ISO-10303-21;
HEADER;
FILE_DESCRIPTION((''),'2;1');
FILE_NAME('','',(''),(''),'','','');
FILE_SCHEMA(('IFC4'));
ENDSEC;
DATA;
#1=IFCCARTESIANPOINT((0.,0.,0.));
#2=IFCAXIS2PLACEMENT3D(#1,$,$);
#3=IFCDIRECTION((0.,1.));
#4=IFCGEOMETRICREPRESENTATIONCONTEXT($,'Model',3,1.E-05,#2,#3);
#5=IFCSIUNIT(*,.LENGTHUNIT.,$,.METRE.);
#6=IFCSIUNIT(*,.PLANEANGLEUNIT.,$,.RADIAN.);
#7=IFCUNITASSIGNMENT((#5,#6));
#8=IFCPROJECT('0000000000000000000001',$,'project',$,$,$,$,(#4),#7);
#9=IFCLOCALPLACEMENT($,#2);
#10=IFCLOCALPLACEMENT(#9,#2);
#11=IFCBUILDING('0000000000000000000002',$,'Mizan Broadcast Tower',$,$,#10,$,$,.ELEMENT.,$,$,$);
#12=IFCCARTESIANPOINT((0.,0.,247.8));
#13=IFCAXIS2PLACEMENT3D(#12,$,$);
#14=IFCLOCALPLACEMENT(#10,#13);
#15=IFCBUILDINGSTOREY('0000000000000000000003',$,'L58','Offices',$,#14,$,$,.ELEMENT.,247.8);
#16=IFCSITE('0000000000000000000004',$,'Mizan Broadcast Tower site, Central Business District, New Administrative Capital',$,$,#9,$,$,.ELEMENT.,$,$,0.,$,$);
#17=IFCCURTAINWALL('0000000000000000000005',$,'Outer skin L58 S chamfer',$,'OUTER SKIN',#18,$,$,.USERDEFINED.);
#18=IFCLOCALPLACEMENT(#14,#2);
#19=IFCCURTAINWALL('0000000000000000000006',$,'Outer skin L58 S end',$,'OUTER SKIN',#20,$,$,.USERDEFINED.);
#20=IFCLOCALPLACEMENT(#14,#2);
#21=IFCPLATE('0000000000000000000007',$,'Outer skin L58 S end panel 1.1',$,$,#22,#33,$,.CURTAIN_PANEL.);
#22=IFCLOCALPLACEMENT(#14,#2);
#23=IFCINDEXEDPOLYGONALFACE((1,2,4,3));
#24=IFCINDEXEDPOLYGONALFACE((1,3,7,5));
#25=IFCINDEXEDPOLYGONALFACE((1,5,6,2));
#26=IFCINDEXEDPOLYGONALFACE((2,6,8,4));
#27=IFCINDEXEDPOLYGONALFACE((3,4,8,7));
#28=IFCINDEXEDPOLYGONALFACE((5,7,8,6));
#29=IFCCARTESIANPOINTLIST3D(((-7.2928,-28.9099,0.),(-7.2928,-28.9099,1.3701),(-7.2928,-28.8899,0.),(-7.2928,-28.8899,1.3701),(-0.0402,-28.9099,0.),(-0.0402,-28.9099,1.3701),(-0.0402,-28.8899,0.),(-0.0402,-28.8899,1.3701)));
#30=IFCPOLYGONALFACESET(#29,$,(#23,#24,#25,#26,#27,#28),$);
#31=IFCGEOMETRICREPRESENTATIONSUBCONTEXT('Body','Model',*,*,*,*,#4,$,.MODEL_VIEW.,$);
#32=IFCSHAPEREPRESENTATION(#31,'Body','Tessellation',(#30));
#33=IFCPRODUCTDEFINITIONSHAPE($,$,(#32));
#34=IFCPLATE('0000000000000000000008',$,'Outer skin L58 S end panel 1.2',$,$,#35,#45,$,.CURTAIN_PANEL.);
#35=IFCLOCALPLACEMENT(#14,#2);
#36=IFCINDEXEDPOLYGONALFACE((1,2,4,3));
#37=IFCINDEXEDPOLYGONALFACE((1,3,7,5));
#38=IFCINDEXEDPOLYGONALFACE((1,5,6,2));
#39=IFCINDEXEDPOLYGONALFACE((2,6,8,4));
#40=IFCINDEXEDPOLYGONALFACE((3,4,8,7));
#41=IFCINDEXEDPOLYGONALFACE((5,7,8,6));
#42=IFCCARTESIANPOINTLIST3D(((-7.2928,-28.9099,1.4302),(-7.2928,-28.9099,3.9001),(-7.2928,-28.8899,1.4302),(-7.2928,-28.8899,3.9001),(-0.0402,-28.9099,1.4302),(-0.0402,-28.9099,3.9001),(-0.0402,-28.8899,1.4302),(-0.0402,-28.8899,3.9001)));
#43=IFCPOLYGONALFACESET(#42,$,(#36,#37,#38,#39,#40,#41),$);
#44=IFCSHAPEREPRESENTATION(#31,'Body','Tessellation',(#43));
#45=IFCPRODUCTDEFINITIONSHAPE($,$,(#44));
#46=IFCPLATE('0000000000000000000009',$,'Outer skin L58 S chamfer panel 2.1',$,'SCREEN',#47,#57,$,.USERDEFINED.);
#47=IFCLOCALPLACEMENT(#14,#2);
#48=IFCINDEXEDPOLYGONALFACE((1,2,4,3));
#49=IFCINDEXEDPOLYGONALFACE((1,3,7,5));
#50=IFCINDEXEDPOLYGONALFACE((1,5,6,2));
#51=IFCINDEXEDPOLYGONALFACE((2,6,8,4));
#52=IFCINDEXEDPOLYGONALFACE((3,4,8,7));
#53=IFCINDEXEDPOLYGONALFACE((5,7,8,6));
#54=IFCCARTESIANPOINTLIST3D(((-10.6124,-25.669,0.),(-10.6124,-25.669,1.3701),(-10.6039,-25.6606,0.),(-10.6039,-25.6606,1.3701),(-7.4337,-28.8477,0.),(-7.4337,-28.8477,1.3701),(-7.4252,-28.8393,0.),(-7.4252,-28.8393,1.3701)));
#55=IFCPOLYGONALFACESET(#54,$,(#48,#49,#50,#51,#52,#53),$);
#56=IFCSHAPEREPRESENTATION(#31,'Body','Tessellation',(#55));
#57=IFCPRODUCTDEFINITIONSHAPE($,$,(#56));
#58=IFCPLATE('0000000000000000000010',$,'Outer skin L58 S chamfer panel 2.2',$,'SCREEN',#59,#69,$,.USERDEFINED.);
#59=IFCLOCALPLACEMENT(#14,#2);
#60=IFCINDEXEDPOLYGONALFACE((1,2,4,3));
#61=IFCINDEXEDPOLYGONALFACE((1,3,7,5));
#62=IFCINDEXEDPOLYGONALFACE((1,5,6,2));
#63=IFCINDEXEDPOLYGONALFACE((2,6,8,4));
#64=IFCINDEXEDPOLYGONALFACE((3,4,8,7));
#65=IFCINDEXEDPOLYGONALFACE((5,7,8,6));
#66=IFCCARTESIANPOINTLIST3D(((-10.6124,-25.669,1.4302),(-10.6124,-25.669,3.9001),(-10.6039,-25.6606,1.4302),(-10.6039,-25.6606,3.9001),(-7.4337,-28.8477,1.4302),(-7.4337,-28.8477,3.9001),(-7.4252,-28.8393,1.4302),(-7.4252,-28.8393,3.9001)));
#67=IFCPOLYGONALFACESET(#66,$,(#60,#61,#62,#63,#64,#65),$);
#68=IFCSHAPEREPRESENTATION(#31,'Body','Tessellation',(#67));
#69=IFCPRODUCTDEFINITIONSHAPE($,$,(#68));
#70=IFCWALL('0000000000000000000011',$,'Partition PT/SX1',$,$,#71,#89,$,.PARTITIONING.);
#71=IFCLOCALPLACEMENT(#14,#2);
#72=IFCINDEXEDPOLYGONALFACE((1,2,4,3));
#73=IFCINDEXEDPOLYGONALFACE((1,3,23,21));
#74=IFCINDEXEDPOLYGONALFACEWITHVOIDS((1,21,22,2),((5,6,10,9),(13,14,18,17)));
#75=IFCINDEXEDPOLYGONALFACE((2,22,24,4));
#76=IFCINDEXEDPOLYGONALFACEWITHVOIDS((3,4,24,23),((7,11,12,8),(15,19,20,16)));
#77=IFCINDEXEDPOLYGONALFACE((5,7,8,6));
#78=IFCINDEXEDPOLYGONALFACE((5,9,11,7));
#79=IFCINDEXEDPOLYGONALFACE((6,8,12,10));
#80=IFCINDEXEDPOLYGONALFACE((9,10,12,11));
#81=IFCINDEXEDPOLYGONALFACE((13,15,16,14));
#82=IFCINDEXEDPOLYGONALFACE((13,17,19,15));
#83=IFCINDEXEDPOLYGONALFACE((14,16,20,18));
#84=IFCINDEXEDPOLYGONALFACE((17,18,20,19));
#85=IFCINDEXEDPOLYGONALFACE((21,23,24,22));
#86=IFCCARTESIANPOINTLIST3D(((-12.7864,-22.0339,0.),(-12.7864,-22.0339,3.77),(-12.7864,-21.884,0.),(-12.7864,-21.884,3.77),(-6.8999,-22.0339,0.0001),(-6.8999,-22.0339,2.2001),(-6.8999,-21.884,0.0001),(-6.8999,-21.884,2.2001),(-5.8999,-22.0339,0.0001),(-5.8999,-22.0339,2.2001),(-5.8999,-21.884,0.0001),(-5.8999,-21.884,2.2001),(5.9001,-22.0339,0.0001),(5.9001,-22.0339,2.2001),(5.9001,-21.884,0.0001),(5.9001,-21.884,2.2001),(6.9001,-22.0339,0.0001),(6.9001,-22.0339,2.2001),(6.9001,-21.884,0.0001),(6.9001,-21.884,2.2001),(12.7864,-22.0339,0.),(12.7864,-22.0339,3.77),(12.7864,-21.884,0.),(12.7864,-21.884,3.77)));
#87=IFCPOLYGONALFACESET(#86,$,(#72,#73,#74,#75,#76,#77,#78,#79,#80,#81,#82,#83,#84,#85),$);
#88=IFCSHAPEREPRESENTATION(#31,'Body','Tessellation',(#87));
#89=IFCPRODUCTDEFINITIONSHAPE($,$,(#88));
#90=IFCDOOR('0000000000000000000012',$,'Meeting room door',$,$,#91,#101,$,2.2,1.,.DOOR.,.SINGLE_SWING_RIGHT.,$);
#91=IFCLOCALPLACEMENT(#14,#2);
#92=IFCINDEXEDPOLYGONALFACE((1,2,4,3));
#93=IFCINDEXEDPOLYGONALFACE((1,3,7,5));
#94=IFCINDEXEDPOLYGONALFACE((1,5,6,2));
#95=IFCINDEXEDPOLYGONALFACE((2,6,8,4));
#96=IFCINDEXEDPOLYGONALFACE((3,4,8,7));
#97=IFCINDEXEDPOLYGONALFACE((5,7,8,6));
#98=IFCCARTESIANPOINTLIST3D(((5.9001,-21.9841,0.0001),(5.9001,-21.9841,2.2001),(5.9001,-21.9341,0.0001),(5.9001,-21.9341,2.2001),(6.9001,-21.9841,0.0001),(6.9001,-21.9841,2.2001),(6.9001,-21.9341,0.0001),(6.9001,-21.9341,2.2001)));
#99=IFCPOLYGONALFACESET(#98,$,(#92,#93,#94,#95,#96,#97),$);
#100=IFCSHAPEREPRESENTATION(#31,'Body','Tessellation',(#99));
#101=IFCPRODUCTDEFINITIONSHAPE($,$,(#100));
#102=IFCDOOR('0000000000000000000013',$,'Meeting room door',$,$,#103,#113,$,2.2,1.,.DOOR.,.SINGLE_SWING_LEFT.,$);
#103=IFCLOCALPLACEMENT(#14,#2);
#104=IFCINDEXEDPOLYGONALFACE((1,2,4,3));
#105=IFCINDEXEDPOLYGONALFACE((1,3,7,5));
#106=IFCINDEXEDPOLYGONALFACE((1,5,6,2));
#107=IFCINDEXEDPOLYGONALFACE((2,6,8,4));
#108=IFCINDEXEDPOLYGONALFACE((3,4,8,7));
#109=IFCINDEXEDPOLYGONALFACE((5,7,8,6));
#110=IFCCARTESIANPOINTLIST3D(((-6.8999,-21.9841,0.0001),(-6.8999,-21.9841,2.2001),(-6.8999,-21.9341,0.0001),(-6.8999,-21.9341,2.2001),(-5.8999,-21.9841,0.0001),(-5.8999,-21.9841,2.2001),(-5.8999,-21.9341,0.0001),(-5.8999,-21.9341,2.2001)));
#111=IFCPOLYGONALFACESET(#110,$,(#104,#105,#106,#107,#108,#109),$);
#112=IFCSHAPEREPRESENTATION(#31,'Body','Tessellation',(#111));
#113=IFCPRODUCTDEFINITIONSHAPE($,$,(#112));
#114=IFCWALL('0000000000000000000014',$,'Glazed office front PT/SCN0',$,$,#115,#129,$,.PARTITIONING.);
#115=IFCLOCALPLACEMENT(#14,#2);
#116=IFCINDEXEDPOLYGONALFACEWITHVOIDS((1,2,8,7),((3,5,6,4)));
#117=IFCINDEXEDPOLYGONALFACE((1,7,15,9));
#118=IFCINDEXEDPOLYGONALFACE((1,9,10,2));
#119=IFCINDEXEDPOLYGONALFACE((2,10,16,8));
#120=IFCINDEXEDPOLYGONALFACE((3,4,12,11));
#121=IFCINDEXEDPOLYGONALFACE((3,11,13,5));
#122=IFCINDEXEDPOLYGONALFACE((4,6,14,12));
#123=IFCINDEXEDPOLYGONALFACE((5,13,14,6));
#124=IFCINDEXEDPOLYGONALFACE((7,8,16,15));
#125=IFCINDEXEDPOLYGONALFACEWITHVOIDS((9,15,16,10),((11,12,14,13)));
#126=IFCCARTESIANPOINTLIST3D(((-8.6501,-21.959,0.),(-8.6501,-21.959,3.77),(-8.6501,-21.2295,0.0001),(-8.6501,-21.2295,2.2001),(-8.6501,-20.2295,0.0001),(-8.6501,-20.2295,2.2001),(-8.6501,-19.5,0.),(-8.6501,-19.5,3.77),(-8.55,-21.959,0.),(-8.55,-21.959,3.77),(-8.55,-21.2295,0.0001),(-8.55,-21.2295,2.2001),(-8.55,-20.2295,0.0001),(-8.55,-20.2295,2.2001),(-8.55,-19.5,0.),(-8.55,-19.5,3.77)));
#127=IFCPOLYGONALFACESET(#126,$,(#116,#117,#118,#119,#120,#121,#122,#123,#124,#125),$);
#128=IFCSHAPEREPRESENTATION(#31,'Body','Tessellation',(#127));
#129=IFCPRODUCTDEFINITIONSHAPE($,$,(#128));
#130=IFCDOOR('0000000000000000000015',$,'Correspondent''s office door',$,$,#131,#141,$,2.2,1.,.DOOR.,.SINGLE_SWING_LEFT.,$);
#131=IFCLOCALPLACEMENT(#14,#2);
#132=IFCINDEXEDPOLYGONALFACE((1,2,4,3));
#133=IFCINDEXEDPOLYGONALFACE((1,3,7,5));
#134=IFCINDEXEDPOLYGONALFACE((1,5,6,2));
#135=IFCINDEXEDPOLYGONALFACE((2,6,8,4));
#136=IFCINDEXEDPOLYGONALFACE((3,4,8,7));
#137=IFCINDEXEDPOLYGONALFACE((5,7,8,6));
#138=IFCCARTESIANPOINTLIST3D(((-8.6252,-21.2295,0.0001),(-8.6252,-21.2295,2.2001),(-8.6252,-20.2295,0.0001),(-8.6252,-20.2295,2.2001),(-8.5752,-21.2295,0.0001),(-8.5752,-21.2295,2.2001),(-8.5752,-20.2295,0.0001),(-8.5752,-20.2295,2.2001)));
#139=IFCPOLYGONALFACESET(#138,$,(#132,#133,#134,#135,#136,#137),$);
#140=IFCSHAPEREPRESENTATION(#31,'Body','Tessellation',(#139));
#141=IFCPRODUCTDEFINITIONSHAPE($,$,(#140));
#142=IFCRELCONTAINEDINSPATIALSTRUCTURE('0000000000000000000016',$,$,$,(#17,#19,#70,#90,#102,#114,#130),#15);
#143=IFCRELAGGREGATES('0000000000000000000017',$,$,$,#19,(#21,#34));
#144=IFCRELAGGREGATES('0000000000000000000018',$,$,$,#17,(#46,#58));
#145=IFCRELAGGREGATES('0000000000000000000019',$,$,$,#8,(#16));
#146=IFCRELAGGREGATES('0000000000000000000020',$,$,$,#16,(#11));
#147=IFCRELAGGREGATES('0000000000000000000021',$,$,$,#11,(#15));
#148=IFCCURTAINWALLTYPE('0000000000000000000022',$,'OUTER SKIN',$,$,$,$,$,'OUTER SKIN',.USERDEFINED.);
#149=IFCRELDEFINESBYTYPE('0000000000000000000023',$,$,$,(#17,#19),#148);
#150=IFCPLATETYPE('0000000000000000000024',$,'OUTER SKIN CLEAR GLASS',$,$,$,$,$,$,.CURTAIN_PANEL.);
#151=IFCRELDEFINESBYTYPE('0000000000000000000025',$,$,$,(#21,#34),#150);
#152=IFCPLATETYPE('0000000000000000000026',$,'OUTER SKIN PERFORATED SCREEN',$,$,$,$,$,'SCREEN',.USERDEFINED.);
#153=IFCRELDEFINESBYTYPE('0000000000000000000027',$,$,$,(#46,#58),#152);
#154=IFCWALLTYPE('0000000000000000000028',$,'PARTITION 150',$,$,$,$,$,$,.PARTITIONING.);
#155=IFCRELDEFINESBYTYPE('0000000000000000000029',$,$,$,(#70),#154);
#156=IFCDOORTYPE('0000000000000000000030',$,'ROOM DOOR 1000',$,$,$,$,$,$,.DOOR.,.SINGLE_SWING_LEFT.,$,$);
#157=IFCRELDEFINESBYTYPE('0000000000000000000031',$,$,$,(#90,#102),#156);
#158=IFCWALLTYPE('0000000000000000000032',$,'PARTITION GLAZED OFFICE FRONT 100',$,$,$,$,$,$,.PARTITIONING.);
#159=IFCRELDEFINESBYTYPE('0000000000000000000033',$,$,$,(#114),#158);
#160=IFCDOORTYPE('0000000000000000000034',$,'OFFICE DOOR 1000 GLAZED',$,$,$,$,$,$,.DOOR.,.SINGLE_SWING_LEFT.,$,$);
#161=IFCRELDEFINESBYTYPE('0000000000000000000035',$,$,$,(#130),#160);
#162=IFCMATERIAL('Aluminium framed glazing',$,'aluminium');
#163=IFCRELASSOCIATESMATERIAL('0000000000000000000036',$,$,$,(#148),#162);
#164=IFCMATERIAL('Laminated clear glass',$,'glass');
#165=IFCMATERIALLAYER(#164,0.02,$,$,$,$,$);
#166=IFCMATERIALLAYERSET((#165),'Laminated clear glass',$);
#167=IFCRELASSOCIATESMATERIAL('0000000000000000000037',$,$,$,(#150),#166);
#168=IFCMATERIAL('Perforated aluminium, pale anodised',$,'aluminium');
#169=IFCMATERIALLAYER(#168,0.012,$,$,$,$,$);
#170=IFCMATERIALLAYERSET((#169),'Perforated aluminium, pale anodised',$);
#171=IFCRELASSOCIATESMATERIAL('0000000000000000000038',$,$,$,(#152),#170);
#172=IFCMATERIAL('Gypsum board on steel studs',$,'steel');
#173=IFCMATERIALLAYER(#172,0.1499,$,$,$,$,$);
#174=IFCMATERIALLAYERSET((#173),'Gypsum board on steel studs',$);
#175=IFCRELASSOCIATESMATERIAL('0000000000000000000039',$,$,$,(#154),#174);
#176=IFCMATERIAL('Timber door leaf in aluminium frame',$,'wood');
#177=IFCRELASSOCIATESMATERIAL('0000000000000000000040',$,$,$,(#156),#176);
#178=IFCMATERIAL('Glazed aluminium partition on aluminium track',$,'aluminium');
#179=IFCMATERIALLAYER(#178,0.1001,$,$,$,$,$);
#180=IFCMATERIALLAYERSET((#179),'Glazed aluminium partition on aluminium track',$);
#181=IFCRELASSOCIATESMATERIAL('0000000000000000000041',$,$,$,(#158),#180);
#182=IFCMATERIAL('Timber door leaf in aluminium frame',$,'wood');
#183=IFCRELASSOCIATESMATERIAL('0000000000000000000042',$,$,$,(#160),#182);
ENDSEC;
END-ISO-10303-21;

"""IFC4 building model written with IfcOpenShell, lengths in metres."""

from ifc_helpers import new_model, si_unit, direction, frame, frame_2d, origin, origin_2d, place, context, subcontext, project, spatial, rectangle, extrude, material, layer, layer_set, type_object, element, fill, aggregate, save


model = new_model("IFC4")

# Units and contexts
model_context = context("Model", 3, precision=1e-05, world=origin(), true_north=direction((0.0, 1.0)))
body_context = subcontext(model_context, "Body", "Model", "MODEL_VIEW")
ifc_project = project(units=[si_unit("LENGTHUNIT", "METRE"), si_unit("PLANEANGLEUNIT", "RADIAN")], contexts=[model_context])

# Site, building, storey
site_placement = place(None, origin())
site = spatial("IfcSite", under=ifc_project, at=site_placement, Name="Mizan Broadcast Tower site, Central Business District, New Administrative Capital", CompositionType="ELEMENT", RefElevation=0.0)
building_placement = place(site_placement, origin())
building = spatial("IfcBuilding", under=site, at=building_placement, Name="Mizan Broadcast Tower", CompositionType="ELEMENT")
storey_placement = place(building_placement, frame((0.0, 0.0, 247.8)))
storey = spatial("IfcBuildingStorey", under=building, at=storey_placement, Name="L58", Description="Offices", CompositionType="ELEMENT", Elevation=247.8)

# Curtain wall
ifc_material_1 = material(Name="Aluminium framed glazing", Category="aluminium")
curtain_wall_type_1 = type_object("IfcCurtainWallType", Name="OUTER SKIN", ElementType="OUTER SKIN", PredefinedType="USERDEFINED", material=ifc_material_1)
curtain_wall_1_placement = place(storey_placement, origin())
curtain_wall_1 = element("IfcCurtainWall", 1, at=curtain_wall_1_placement, inside=storey, type_object=curtain_wall_type_1, Name="Outer skin L58 S chamfer", ObjectType="OUTER SKIN", PredefinedType="USERDEFINED")

# Curtain wall
curtain_wall_2_placement = place(storey_placement, origin())
curtain_wall_2 = element("IfcCurtainWall", 2, at=curtain_wall_2_placement, inside=storey, type_object=curtain_wall_type_1, Name="Outer skin L58 S end", ObjectType="OUTER SKIN", PredefinedType="USERDEFINED")

# Plates
ifc_material_2 = material(Name="Laminated clear glass", Category="glass")
ifc_layer_1 = layer(ifc_material_2, 0.02)
ifc_layer_set_1 = layer_set([ifc_layer_1], Name="Laminated clear glass")
plate_type_1 = type_object("IfcPlateType", Name="OUTER SKIN CLEAR GLASS", PredefinedType="CURTAIN_PANEL", material=ifc_layer_set_1)
plate_1_placement = place(storey_placement, frame((-3.6665, -28.8999, 0.0), z_axis=(0.0, 0.0, 1.0), x_axis=(1.0, 0.0, 0.0)))
plate_1 = element("IfcPlate", 3, at=plate_1_placement, type_object=plate_type_1, Name="Outer skin L58 S end panel 1.1", PredefinedType="CURTAIN_PANEL", context=body_context, shape_type="SweptSolid", body=[
    extrude(rectangle(XDim=7.2527, YDim=0.02, at=origin_2d()), origin(), (0.0, 0.0, 1.0), 1.3701),
])
plate_2_placement = place(storey_placement, frame((-3.6665, -28.8999, 1.4302), z_axis=(0.0, 0.0, 1.0), x_axis=(1.0, 0.0, 0.0)))
plate_2 = element("IfcPlate", 4, at=plate_2_placement, type_object=plate_type_1, Name="Outer skin L58 S end panel 1.2", PredefinedType="CURTAIN_PANEL", context=body_context, shape_type="SweptSolid", body=[
    extrude(rectangle(XDim=7.2527, YDim=0.02, at=origin_2d()), origin(), (0.0, 0.0, 1.0), 2.47),
])
aggregate(curtain_wall_2, [plate_1, plate_2])
ifc_material_3 = material(Name="Perforated aluminium, pale anodised", Category="aluminium")
ifc_layer_2 = layer(ifc_material_3, 0.012)
ifc_layer_set_2 = layer_set([ifc_layer_2], Name="Perforated aluminium, pale anodised")
plate_type_2 = type_object("IfcPlateType", Name="OUTER SKIN PERFORATED SCREEN", ElementType="SCREEN", PredefinedType="USERDEFINED", material=ifc_layer_set_2)
plate_3_placement = place(storey_placement, frame((-9.0188, -27.2542, 0.0), z_axis=(0.0, 0.0, 1.0), x_axis=(0.707107, -0.707107, 0.0)))
plate_3 = element("IfcPlate", 5, at=plate_3_placement, type_object=plate_type_2, Name="Outer skin L58 S chamfer panel 2.1", ObjectType="SCREEN", PredefinedType="USERDEFINED", context=body_context, shape_type="SweptSolid", body=[
    extrude(rectangle(XDim=4.4954, YDim=0.012, at=origin_2d()), origin(), (0.0, 0.0, 1.0), 1.3701),
])
plate_4_placement = place(storey_placement, frame((-9.0188, -27.2542, 1.4302), z_axis=(0.0, 0.0, 1.0), x_axis=(0.707107, -0.707107, 0.0)))
plate_4 = element("IfcPlate", 6, at=plate_4_placement, type_object=plate_type_2, Name="Outer skin L58 S chamfer panel 2.2", ObjectType="SCREEN", PredefinedType="USERDEFINED", context=body_context, shape_type="SweptSolid", body=[
    extrude(rectangle(XDim=4.4954, YDim=0.012, at=origin_2d()), origin(), (0.0, 0.0, 1.0), 2.47),
])
aggregate(curtain_wall_1, [plate_3, plate_4])

# Wall, openings, doors
ifc_material_4 = material(Name="Gypsum board on steel studs", Category="steel")
ifc_layer_3 = layer(ifc_material_4, 0.1499)
ifc_layer_set_3 = layer_set([ifc_layer_3], Name="Gypsum board on steel studs")
wall_type_1 = type_object("IfcWallType", Name="PARTITION 150", PredefinedType="PARTITIONING", material=ifc_layer_set_3)
wall_1_placement = place(storey_placement, frame((-12.7864, -21.959, 0.0), z_axis=(0.0, 0.0, 1.0), x_axis=(1.0, 0.0, 0.0)))
wall_1 = element("IfcWall", 7, at=wall_1_placement, inside=storey, type_object=wall_type_1, Name="Partition PT/SX1", PredefinedType="PARTITIONING", context=body_context, shape_type="SweptSolid", body=[
    extrude(rectangle(XDim=25.5728, YDim=0.1499, at=frame_2d((12.7864, 0.0))), origin(), (0.0, 0.0, 1.0), 3.77),
])
opening_1_placement = place(wall_1_placement, frame((18.6865, 0.0, 0.0)))
opening_1 = element("IfcOpeningElement", 8, at=opening_1_placement, cuts=wall_1, PredefinedType="OPENING", context=body_context, shape_type="SweptSolid", body=[
    extrude(rectangle(XDim=1.0, YDim=2.2, at=frame_2d((0.5, 1.1001))), frame((0.0, 0.085, 0.0), z_axis=(0.0, -1.0, 0.0), x_axis=(1.0, 0.0, 0.0)), (0.0, 0.0, 1.0), 0.1699),
])
opening_2_placement = place(wall_1_placement, frame((5.8865, 0.0, 0.0)))
opening_2 = element("IfcOpeningElement", 9, at=opening_2_placement, cuts=wall_1, PredefinedType="OPENING", context=body_context, shape_type="SweptSolid", body=[
    extrude(rectangle(XDim=1.0, YDim=2.2, at=frame_2d((0.5, 1.1001))), frame((0.0, 0.085, 0.0), z_axis=(0.0, -1.0, 0.0), x_axis=(1.0, 0.0, 0.0)), (0.0, 0.0, 1.0), 0.1699),
])
ifc_material_5 = material(Name="Timber door leaf in aluminium frame", Category="wood")
door_type_1 = type_object("IfcDoorType", Name="ROOM DOOR 1000", OperationType="SINGLE_SWING_LEFT", PredefinedType="DOOR", material=ifc_material_5)
door_1_placement = place(opening_1_placement, origin())
door_1 = element("IfcDoor", 10, at=door_1_placement, inside=storey, type_object=door_type_1, Name="Meeting room door", OperationType="SINGLE_SWING_RIGHT", OverallHeight=2.2, OverallWidth=1.0, PredefinedType="DOOR", context=body_context, shape_type="SweptSolid", body=[
    extrude(rectangle(XDim=1.0, YDim=2.2, at=frame_2d((0.5, 1.1001))), frame((0.0, 0.0249, 0.0), z_axis=(0.0, -1.0, 0.0), x_axis=(1.0, 0.0, 0.0)), (0.0, 0.0, 1.0), 0.05),
])
fill(opening_1, door_1)
door_2_placement = place(opening_2_placement, origin())
door_2 = element("IfcDoor", 11, at=door_2_placement, inside=storey, type_object=door_type_1, Name="Meeting room door", OperationType="SINGLE_SWING_LEFT", OverallHeight=2.2, OverallWidth=1.0, PredefinedType="DOOR", context=body_context, shape_type="SweptSolid", body=[
    extrude(rectangle(XDim=1.0, YDim=2.2, at=frame_2d((0.5, 1.1001))), frame((0.0, 0.0249, 0.0), z_axis=(0.0, -1.0, 0.0), x_axis=(1.0, 0.0, 0.0)), (0.0, 0.0, 1.0), 0.05),
])
fill(opening_2, door_2)

# Wall, opening, door
ifc_material_6 = material(Name="Glazed aluminium partition on aluminium track", Category="aluminium")
ifc_layer_4 = layer(ifc_material_6, 0.1001)
ifc_layer_set_4 = layer_set([ifc_layer_4], Name="Glazed aluminium partition on aluminium track")
wall_type_2 = type_object("IfcWallType", Name="PARTITION GLAZED OFFICE FRONT 100", PredefinedType="PARTITIONING", material=ifc_layer_set_4)
wall_2_placement = place(storey_placement, frame((-8.6001, -19.5, 0.0), z_axis=(0.0, 0.0, 1.0), x_axis=(0.0, -1.0, 0.0)))
wall_2 = element("IfcWall", 12, at=wall_2_placement, inside=storey, type_object=wall_type_2, Name="Glazed office front PT/SCN0", PredefinedType="PARTITIONING", context=body_context, shape_type="SweptSolid", body=[
    extrude(rectangle(XDim=2.459, YDim=0.1001, at=frame_2d((1.2295, 0.0))), origin(), (0.0, 0.0, 1.0), 3.77),
])
opening_3_placement = place(wall_2_placement, frame((0.7295, 0.0, 0.0)))
opening_3 = element("IfcOpeningElement", 13, at=opening_3_placement, cuts=wall_2, PredefinedType="OPENING", context=body_context, shape_type="SweptSolid", body=[
    extrude(rectangle(XDim=1.0, YDim=2.2, at=frame_2d((0.5, 1.1001))), frame((0.0, 0.0601, 0.0), z_axis=(0.0, -1.0, 0.0), x_axis=(1.0, 0.0, 0.0)), (0.0, 0.0, 1.0), 0.1201),
])
ifc_material_7 = material(Name="Timber door leaf in aluminium frame", Category="wood")
door_type_2 = type_object("IfcDoorType", Name="OFFICE DOOR 1000 GLAZED", OperationType="SINGLE_SWING_LEFT", PredefinedType="DOOR", material=ifc_material_7)
door_3_placement = place(opening_3_placement, origin())
door_3 = element("IfcDoor", 14, at=door_3_placement, inside=storey, type_object=door_type_2, Name="Correspondent's office door", OperationType="SINGLE_SWING_LEFT", OverallHeight=2.2, OverallWidth=1.0, PredefinedType="DOOR", context=body_context, shape_type="SweptSolid", body=[
    extrude(rectangle(XDim=1.0, YDim=2.2, at=frame_2d((0.5, 1.1001))), frame((0.0, 0.0249, 0.0), z_axis=(0.0, -1.0, 0.0), x_axis=(1.0, 0.0, 0.0)), (0.0, 0.0, 1.0), 0.05),
])
fill(opening_3, door_3)

save(model, "model.ifc")
